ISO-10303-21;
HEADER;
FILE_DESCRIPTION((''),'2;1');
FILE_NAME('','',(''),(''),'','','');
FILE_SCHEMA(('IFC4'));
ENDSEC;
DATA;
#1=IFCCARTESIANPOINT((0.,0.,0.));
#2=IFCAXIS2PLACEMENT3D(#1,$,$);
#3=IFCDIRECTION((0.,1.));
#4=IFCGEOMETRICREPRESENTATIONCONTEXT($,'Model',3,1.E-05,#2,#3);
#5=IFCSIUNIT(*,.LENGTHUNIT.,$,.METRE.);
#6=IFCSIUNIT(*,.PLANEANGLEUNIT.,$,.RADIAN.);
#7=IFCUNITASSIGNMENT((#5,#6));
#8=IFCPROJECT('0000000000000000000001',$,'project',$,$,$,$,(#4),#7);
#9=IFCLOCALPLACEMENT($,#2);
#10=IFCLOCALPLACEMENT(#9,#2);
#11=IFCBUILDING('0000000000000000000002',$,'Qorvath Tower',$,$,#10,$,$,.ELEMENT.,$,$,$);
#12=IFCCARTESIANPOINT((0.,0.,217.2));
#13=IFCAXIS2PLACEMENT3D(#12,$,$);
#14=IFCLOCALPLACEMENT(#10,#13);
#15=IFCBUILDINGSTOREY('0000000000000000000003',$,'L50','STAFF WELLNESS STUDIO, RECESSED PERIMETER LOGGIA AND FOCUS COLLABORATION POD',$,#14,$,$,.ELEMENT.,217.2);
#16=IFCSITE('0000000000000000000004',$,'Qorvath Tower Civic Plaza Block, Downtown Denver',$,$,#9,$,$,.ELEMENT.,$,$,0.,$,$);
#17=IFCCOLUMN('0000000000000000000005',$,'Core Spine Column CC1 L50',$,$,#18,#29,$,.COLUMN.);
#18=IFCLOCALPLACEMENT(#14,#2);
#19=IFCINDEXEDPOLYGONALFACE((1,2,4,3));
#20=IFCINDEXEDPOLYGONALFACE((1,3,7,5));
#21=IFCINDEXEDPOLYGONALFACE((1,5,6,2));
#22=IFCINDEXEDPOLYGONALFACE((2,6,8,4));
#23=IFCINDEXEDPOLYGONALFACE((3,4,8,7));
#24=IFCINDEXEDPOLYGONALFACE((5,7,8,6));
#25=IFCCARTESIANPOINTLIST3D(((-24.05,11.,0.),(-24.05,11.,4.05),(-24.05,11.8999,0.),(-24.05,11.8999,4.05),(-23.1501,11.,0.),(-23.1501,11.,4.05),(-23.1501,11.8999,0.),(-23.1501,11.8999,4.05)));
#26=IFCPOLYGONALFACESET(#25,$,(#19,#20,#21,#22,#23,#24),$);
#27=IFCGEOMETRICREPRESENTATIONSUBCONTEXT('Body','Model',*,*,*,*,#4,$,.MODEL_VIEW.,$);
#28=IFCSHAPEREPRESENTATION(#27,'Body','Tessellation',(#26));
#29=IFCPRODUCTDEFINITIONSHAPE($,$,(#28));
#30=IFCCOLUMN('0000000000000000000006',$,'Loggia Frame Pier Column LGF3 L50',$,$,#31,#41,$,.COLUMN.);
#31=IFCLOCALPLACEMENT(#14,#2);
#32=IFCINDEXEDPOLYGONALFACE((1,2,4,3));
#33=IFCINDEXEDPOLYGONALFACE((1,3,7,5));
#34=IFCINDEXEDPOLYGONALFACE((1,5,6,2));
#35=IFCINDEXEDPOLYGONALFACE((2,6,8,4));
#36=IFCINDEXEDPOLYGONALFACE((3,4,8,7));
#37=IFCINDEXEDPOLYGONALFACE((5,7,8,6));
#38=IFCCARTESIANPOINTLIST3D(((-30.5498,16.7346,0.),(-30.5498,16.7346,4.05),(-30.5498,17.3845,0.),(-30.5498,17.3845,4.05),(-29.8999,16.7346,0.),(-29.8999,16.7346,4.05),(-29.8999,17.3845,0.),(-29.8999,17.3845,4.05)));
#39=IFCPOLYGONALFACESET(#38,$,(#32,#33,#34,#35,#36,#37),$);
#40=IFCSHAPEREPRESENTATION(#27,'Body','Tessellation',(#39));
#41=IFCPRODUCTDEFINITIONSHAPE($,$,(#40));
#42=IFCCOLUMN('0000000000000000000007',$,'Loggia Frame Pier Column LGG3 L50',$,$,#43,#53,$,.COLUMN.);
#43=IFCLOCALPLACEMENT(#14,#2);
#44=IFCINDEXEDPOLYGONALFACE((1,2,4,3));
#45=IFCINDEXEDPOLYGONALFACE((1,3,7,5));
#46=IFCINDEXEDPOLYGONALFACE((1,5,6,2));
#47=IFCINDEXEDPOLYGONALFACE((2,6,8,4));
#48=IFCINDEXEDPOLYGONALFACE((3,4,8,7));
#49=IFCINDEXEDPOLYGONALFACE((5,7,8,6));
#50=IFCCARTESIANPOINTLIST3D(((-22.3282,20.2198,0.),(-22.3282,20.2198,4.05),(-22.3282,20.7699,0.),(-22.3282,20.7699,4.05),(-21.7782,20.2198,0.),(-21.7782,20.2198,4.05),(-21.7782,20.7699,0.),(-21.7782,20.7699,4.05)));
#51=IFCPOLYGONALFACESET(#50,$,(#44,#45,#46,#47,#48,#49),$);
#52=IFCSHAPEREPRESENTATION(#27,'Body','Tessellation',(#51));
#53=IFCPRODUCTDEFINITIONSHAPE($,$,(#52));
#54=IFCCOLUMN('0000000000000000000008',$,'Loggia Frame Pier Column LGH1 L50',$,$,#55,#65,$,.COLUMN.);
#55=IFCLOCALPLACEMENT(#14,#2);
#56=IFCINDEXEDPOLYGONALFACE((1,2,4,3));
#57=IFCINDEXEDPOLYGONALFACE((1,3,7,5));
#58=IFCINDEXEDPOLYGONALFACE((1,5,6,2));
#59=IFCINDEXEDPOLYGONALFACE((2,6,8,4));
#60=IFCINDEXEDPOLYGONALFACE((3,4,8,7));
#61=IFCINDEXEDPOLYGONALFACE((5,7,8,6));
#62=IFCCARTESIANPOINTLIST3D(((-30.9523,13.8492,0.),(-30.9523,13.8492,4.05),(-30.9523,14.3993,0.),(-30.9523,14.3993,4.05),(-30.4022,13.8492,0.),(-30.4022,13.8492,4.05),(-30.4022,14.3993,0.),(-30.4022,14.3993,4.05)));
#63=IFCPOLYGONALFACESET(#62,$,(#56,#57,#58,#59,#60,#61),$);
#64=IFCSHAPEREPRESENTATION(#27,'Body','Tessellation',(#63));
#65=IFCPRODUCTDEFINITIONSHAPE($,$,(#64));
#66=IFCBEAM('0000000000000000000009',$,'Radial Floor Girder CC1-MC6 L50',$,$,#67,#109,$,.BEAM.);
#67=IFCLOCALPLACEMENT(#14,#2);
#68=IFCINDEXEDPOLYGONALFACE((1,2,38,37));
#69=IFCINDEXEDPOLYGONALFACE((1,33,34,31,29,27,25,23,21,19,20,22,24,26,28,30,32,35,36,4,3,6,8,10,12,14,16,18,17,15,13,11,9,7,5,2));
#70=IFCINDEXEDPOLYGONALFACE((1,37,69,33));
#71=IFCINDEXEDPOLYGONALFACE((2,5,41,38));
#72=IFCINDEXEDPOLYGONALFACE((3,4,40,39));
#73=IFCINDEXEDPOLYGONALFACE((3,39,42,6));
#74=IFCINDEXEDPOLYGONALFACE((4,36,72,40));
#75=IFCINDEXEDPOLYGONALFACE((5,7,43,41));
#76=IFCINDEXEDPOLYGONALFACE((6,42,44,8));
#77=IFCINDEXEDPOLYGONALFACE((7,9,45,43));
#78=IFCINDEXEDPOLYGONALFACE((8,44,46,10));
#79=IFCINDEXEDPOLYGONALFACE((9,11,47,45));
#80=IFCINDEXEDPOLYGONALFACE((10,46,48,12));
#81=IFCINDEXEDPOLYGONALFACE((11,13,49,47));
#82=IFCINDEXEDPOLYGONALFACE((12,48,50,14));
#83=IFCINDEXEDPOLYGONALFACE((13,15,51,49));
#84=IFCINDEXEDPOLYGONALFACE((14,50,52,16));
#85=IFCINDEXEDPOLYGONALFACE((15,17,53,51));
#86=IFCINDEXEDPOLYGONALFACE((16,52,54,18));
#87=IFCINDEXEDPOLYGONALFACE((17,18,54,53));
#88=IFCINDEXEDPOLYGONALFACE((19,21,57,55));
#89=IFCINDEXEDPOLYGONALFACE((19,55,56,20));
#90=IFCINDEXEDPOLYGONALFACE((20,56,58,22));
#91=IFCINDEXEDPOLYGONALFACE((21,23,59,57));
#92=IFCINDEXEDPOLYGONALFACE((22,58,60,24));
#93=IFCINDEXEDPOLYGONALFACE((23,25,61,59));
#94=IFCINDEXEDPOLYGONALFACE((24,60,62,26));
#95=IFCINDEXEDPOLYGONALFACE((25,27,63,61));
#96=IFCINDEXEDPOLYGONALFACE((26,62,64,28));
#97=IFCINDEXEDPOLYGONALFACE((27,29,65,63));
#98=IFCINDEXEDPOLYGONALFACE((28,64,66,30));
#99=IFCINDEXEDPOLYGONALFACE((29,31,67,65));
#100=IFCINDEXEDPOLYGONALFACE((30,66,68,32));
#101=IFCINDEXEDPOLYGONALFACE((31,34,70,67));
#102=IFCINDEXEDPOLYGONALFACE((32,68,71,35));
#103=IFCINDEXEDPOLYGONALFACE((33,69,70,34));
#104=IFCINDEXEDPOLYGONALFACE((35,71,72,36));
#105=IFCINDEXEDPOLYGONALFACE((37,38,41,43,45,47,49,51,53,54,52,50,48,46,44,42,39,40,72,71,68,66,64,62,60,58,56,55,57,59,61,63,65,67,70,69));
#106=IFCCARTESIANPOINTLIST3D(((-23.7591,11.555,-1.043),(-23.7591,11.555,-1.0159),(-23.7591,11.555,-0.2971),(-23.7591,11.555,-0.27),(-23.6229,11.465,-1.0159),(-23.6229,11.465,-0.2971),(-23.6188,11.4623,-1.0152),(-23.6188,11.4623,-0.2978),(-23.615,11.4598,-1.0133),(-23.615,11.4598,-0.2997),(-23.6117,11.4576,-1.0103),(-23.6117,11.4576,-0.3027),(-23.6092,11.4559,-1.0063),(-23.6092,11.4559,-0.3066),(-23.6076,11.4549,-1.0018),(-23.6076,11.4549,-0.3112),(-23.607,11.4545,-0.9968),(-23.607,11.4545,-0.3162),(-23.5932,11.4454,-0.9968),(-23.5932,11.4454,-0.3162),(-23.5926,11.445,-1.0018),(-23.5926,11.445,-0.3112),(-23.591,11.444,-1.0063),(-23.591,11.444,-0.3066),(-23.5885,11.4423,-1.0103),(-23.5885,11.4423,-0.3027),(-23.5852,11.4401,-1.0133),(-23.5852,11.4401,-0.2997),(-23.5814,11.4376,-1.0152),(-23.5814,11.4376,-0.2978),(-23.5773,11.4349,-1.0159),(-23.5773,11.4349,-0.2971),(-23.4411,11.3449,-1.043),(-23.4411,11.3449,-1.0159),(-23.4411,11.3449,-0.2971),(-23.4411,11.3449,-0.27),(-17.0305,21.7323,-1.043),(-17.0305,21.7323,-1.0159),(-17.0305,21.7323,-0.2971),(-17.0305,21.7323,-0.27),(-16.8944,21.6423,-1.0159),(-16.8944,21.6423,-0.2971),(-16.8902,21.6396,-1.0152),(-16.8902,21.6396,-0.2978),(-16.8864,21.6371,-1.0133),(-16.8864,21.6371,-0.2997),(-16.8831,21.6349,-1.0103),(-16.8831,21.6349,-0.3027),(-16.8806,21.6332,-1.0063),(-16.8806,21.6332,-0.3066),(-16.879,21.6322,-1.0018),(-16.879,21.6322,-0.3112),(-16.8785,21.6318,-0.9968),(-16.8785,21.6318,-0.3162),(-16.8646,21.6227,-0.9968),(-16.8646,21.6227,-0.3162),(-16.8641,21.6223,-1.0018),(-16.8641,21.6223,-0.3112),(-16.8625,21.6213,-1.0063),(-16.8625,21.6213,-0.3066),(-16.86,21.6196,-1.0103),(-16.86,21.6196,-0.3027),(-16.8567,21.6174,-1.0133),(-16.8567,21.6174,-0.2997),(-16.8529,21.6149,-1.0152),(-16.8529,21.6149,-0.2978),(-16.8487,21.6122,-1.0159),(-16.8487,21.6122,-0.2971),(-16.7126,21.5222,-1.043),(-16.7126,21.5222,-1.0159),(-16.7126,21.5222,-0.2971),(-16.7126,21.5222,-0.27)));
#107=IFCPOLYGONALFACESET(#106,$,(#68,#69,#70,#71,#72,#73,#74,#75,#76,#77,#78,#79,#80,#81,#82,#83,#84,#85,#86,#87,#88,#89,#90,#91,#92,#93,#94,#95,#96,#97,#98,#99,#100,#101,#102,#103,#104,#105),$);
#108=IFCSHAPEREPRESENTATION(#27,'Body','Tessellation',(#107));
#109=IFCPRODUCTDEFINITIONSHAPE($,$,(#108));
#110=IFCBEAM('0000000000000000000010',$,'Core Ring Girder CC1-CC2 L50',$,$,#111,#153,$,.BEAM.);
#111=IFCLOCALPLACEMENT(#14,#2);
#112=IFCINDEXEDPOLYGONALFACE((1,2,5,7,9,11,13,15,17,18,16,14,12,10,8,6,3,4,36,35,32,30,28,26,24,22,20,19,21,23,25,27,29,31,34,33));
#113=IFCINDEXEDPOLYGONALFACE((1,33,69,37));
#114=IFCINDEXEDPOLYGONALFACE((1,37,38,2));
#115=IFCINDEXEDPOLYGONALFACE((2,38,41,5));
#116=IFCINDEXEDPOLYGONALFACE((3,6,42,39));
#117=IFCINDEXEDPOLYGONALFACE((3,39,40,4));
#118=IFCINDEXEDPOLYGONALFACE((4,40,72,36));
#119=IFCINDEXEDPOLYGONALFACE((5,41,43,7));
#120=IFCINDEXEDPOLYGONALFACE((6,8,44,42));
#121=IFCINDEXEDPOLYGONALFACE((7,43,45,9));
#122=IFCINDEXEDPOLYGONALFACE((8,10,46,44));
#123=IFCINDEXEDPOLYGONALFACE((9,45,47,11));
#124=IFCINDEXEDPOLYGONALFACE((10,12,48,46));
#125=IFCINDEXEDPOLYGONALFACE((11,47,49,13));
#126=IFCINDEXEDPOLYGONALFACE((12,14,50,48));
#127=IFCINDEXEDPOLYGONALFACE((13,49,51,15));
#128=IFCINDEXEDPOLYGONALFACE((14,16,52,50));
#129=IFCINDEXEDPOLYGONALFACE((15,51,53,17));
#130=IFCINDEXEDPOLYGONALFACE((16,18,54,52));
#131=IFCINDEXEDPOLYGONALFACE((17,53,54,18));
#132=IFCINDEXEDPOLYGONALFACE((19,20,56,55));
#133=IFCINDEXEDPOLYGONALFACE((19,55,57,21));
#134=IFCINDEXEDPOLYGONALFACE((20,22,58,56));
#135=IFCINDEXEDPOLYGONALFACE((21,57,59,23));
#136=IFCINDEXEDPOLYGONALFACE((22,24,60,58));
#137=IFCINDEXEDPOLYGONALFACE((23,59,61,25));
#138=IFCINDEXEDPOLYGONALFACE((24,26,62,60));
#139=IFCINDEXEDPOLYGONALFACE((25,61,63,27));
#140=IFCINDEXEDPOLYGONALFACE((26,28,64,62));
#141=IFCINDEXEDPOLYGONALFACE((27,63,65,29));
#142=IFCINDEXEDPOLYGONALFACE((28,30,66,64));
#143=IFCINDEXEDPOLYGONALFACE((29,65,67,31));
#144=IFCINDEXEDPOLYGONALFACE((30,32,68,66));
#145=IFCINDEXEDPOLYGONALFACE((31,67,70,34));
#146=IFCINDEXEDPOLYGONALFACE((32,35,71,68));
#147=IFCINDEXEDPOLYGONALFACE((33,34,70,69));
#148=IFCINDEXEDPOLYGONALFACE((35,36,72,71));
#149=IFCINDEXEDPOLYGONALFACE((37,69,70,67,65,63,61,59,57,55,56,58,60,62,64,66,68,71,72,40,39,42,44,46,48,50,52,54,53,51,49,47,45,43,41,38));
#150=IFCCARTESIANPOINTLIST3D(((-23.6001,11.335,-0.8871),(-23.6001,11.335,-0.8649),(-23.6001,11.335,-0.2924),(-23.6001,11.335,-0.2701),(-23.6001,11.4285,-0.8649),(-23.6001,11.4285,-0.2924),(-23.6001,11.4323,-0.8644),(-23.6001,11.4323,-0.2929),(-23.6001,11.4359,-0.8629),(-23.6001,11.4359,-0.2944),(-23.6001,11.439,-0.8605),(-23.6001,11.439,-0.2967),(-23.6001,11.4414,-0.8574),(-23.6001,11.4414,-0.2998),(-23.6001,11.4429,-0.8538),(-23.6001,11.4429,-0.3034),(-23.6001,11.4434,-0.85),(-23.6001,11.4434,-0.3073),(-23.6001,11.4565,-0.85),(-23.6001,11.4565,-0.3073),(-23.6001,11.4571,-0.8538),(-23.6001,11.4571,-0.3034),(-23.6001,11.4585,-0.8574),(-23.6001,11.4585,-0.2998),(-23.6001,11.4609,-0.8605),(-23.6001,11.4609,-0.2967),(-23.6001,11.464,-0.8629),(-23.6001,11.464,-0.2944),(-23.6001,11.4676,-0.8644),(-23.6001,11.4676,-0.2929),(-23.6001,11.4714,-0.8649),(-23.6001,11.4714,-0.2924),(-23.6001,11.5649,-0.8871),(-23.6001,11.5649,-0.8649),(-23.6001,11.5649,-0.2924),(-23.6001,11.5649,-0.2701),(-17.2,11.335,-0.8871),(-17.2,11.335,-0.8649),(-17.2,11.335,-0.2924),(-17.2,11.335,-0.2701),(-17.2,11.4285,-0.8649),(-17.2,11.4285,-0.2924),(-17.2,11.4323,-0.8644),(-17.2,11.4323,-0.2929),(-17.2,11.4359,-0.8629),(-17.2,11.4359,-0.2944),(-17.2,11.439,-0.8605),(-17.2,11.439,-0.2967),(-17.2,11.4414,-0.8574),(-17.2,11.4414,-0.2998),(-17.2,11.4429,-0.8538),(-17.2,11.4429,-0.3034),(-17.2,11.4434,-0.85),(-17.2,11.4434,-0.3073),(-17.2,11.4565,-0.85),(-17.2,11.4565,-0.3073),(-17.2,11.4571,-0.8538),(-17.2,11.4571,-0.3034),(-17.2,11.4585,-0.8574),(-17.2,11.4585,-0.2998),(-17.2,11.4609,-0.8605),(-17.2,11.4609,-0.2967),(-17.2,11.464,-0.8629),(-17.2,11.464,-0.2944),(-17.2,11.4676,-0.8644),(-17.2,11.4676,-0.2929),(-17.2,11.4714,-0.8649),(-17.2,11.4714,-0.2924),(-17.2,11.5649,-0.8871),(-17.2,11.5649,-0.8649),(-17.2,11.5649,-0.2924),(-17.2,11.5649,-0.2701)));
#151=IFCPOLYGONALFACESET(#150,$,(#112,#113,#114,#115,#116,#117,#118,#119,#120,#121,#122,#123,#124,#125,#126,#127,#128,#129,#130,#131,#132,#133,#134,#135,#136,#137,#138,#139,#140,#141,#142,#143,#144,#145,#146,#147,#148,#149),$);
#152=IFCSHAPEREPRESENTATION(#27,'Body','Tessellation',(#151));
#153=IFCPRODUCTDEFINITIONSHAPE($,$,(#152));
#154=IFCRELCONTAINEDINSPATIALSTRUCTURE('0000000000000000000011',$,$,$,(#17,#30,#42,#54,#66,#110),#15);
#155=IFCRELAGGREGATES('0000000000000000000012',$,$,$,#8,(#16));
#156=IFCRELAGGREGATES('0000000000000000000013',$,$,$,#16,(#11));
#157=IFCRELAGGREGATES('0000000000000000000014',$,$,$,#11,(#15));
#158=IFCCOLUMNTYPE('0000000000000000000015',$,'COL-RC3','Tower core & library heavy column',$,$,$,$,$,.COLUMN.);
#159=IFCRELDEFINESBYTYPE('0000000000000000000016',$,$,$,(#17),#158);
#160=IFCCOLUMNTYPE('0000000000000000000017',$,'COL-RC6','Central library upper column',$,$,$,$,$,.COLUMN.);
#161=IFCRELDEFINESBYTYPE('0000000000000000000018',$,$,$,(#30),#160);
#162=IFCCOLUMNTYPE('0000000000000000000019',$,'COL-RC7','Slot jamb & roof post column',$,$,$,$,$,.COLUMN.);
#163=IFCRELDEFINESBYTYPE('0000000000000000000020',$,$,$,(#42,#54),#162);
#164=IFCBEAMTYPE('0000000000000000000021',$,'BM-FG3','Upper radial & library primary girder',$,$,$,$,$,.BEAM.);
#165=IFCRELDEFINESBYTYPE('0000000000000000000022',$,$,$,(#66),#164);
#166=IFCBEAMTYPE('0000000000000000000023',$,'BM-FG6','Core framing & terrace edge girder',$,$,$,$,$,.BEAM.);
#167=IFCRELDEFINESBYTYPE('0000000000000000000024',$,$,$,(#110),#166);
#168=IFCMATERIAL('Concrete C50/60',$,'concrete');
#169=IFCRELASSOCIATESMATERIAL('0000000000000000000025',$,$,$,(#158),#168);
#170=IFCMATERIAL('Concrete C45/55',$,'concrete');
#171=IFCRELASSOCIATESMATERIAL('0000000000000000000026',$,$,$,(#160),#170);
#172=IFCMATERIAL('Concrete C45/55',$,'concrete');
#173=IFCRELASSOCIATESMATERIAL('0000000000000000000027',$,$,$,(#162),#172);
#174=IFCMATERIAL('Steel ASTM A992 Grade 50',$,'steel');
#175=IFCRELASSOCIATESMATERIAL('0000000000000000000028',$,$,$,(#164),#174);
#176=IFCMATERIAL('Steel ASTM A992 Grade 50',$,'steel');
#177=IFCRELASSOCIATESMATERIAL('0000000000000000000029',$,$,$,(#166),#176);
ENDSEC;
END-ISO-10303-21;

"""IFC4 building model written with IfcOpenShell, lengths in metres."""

from ifc_helpers import new_model, si_unit, direction, frame, origin, origin_2d, place, context, subcontext, project, spatial, rectangle, i_section, extrude, material, material_profile, profile_set, type_object, element, save


model = new_model("IFC4")

# Units and contexts
model_context = context("Model", 3, precision=1e-05, world=origin(), true_north=direction((0.0, 1.0)))
body_context = subcontext(model_context, "Body", "Model", "MODEL_VIEW")
ifc_project = project(units=[si_unit("LENGTHUNIT", "METRE"), si_unit("PLANEANGLEUNIT", "RADIAN")], contexts=[model_context])

# Site, building, storey
site_placement = place(None, origin())
site = spatial("IfcSite", under=ifc_project, at=site_placement, Name="Qorvath Tower Civic Plaza Block, Downtown Denver", CompositionType="ELEMENT", RefElevation=0.0)
building_placement = place(site_placement, origin())
building = spatial("IfcBuilding", under=site, at=building_placement, Name="Qorvath Tower", CompositionType="ELEMENT")
storey_placement = place(building_placement, frame((0.0, 0.0, 217.2)))
storey = spatial("IfcBuildingStorey", under=building, at=storey_placement, Name="L50", Description="STAFF WELLNESS STUDIO, RECESSED PERIMETER LOGGIA AND FOCUS COLLABORATION POD", CompositionType="ELEMENT", Elevation=217.2)

# Columns
ifc_material_1 = material(Name="Concrete C50/60", Category="concrete")
ifc_material_profile_1 = material_profile(ifc_material_1, rectangle(XDim=0.8999, YDim=0.8999, at=origin_2d()), Name="RC 900x900")
ifc_profile_set_1 = profile_set([ifc_material_profile_1], Name="Concrete C50/60")
column_type_1 = type_object("IfcColumnType", Name="COL-RC3", Description="Tower core & library heavy column", PredefinedType="COLUMN", material=ifc_profile_set_1)
column_1_placement = place(storey_placement, frame((-23.6001, 11.45, 0.0), z_axis=(0.0, 0.0, 1.0), x_axis=(1.0, 0.0, 0.0)))
element("IfcColumn", 1, at=column_1_placement, inside=storey, type_object=column_type_1, Name="Core Spine Column CC1 L50", PredefinedType="COLUMN", context=body_context, shape_type="SweptSolid", body=[
    extrude(rectangle(XDim=0.8999, YDim=0.8999, at=origin_2d()), origin(), (0.0, 0.0, 1.0), 4.05),
])
ifc_material_2 = material(Name="Concrete C45/55", Category="concrete")
ifc_material_profile_2 = material_profile(ifc_material_2, rectangle(XDim=0.6499, YDim=0.6499, at=origin_2d()), Name="RC 650x650")
ifc_profile_set_2 = profile_set([ifc_material_profile_2], Name="Concrete C45/55")
column_type_2 = type_object("IfcColumnType", Name="COL-RC6", Description="Central library upper column", PredefinedType="COLUMN", material=ifc_profile_set_2)
column_2_placement = place(storey_placement, frame((-30.2249, 17.0596, 0.0), z_axis=(0.0, 0.0, 1.0), x_axis=(1.0, 0.0, 0.0)))
element("IfcColumn", 2, at=column_2_placement, inside=storey, type_object=column_type_2, Name="Loggia Frame Pier Column LGF3 L50", PredefinedType="COLUMN", context=body_context, shape_type="SweptSolid", body=[
    extrude(rectangle(XDim=0.6499, YDim=0.6499, at=origin_2d()), origin(), (0.0, 0.0, 1.0), 4.05),
])
ifc_material_3 = material(Name="Concrete C45/55", Category="concrete")
ifc_material_profile_3 = material_profile(ifc_material_3, rectangle(XDim=0.55, YDim=0.55, at=origin_2d()), Name="RC 550x550")
ifc_profile_set_3 = profile_set([ifc_material_profile_3], Name="Concrete C45/55")
column_type_3 = type_object("IfcColumnType", Name="COL-RC7", Description="Slot jamb & roof post column", PredefinedType="COLUMN", material=ifc_profile_set_3)
for number, where, z_axis, x_axis, name in (
    (3, (-22.0532, 20.4949, 0.0), (0.0, 0.0, 1.0), (1.0, 0.0, 0.0), "Loggia Frame Pier Column LGG3 L50"),
    (4, (-30.6772, 14.1243, 0.0), (0.0, 0.0, 1.0), (1.0, 0.0, 0.0), "Loggia Frame Pier Column LGH1 L50"),
):
    element("IfcColumn", number, at=place(storey_placement, frame(where, z_axis=z_axis, x_axis=x_axis)), inside=storey, type_object=column_type_3, Name=name, PredefinedType="COLUMN", context=body_context, shape_type="SweptSolid", body=[
        extrude(rectangle(XDim=0.55, YDim=0.55, at=origin_2d()), origin(), (0.0, 0.0, 1.0), 4.05),
    ])

# Beams
ifc_material_4 = material(Name="Steel ASTM A992 Grade 50", Category="steel")
ifc_material_profile_4 = material_profile(ifc_material_4, i_section(OverallWidth=0.3811, OverallDepth=0.7729, WebThickness=0.0166, FlangeThickness=0.0271, FilletRadius=0.019, at=origin_2d()), Name="W30x173")
ifc_profile_set_4 = profile_set([ifc_material_profile_4], Name="Steel ASTM A992 Grade 50")
beam_type_1 = type_object("IfcBeamType", Name="BM-FG3", Description="Upper radial & library primary girder", PredefinedType="BEAM", material=ifc_profile_set_4)
beam_1_placement = place(storey_placement, frame((-23.6001, 11.45, -0.6565), z_axis=(0.551501, 0.834175, 0.0), x_axis=(-0.834175, 0.551501, 0.0)))
element("IfcBeam", 5, at=beam_1_placement, inside=storey, type_object=beam_type_1, Name="Radial Floor Girder CC1-MC6 L50", PredefinedType="BEAM", context=body_context, shape_type="SweptSolid", body=[
    extrude(i_section(OverallWidth=0.3811, OverallDepth=0.7729, WebThickness=0.0166, FlangeThickness=0.0271, FilletRadius=0.019, at=origin_2d()), origin(), (0.0, 0.0, 1.0), 12.2004),
])
ifc_material_5 = material(Name="Steel ASTM A992 Grade 50", Category="steel")
ifc_material_profile_5 = material_profile(ifc_material_5, i_section(OverallWidth=0.23, OverallDepth=0.6169, WebThickness=0.0132, FlangeThickness=0.0222, FilletRadius=0.0149, at=origin_2d()), Name="W24x94")
ifc_profile_set_5 = profile_set([ifc_material_profile_5], Name="Steel ASTM A992 Grade 50")
beam_type_2 = type_object("IfcBeamType", Name="BM-FG6", Description="Core framing & terrace edge girder", PredefinedType="BEAM", material=ifc_profile_set_5)
beam_2_placement = place(storey_placement, frame((-23.6001, 11.45, -0.5786), z_axis=(1.0, 0.0, 0.0), x_axis=(0.0, 1.0, 0.0)))
element("IfcBeam", 6, at=beam_2_placement, inside=storey, type_object=beam_type_2, Name="Core Ring Girder CC1-CC2 L50", PredefinedType="BEAM", context=body_context, shape_type="SweptSolid", body=[
    extrude(i_section(OverallWidth=0.23, OverallDepth=0.6169, WebThickness=0.0132, FlangeThickness=0.0222, FilletRadius=0.0149, at=origin_2d()), origin(), (0.0, 0.0, 1.0), 6.4001),
])

save(model, "model.ifc")
